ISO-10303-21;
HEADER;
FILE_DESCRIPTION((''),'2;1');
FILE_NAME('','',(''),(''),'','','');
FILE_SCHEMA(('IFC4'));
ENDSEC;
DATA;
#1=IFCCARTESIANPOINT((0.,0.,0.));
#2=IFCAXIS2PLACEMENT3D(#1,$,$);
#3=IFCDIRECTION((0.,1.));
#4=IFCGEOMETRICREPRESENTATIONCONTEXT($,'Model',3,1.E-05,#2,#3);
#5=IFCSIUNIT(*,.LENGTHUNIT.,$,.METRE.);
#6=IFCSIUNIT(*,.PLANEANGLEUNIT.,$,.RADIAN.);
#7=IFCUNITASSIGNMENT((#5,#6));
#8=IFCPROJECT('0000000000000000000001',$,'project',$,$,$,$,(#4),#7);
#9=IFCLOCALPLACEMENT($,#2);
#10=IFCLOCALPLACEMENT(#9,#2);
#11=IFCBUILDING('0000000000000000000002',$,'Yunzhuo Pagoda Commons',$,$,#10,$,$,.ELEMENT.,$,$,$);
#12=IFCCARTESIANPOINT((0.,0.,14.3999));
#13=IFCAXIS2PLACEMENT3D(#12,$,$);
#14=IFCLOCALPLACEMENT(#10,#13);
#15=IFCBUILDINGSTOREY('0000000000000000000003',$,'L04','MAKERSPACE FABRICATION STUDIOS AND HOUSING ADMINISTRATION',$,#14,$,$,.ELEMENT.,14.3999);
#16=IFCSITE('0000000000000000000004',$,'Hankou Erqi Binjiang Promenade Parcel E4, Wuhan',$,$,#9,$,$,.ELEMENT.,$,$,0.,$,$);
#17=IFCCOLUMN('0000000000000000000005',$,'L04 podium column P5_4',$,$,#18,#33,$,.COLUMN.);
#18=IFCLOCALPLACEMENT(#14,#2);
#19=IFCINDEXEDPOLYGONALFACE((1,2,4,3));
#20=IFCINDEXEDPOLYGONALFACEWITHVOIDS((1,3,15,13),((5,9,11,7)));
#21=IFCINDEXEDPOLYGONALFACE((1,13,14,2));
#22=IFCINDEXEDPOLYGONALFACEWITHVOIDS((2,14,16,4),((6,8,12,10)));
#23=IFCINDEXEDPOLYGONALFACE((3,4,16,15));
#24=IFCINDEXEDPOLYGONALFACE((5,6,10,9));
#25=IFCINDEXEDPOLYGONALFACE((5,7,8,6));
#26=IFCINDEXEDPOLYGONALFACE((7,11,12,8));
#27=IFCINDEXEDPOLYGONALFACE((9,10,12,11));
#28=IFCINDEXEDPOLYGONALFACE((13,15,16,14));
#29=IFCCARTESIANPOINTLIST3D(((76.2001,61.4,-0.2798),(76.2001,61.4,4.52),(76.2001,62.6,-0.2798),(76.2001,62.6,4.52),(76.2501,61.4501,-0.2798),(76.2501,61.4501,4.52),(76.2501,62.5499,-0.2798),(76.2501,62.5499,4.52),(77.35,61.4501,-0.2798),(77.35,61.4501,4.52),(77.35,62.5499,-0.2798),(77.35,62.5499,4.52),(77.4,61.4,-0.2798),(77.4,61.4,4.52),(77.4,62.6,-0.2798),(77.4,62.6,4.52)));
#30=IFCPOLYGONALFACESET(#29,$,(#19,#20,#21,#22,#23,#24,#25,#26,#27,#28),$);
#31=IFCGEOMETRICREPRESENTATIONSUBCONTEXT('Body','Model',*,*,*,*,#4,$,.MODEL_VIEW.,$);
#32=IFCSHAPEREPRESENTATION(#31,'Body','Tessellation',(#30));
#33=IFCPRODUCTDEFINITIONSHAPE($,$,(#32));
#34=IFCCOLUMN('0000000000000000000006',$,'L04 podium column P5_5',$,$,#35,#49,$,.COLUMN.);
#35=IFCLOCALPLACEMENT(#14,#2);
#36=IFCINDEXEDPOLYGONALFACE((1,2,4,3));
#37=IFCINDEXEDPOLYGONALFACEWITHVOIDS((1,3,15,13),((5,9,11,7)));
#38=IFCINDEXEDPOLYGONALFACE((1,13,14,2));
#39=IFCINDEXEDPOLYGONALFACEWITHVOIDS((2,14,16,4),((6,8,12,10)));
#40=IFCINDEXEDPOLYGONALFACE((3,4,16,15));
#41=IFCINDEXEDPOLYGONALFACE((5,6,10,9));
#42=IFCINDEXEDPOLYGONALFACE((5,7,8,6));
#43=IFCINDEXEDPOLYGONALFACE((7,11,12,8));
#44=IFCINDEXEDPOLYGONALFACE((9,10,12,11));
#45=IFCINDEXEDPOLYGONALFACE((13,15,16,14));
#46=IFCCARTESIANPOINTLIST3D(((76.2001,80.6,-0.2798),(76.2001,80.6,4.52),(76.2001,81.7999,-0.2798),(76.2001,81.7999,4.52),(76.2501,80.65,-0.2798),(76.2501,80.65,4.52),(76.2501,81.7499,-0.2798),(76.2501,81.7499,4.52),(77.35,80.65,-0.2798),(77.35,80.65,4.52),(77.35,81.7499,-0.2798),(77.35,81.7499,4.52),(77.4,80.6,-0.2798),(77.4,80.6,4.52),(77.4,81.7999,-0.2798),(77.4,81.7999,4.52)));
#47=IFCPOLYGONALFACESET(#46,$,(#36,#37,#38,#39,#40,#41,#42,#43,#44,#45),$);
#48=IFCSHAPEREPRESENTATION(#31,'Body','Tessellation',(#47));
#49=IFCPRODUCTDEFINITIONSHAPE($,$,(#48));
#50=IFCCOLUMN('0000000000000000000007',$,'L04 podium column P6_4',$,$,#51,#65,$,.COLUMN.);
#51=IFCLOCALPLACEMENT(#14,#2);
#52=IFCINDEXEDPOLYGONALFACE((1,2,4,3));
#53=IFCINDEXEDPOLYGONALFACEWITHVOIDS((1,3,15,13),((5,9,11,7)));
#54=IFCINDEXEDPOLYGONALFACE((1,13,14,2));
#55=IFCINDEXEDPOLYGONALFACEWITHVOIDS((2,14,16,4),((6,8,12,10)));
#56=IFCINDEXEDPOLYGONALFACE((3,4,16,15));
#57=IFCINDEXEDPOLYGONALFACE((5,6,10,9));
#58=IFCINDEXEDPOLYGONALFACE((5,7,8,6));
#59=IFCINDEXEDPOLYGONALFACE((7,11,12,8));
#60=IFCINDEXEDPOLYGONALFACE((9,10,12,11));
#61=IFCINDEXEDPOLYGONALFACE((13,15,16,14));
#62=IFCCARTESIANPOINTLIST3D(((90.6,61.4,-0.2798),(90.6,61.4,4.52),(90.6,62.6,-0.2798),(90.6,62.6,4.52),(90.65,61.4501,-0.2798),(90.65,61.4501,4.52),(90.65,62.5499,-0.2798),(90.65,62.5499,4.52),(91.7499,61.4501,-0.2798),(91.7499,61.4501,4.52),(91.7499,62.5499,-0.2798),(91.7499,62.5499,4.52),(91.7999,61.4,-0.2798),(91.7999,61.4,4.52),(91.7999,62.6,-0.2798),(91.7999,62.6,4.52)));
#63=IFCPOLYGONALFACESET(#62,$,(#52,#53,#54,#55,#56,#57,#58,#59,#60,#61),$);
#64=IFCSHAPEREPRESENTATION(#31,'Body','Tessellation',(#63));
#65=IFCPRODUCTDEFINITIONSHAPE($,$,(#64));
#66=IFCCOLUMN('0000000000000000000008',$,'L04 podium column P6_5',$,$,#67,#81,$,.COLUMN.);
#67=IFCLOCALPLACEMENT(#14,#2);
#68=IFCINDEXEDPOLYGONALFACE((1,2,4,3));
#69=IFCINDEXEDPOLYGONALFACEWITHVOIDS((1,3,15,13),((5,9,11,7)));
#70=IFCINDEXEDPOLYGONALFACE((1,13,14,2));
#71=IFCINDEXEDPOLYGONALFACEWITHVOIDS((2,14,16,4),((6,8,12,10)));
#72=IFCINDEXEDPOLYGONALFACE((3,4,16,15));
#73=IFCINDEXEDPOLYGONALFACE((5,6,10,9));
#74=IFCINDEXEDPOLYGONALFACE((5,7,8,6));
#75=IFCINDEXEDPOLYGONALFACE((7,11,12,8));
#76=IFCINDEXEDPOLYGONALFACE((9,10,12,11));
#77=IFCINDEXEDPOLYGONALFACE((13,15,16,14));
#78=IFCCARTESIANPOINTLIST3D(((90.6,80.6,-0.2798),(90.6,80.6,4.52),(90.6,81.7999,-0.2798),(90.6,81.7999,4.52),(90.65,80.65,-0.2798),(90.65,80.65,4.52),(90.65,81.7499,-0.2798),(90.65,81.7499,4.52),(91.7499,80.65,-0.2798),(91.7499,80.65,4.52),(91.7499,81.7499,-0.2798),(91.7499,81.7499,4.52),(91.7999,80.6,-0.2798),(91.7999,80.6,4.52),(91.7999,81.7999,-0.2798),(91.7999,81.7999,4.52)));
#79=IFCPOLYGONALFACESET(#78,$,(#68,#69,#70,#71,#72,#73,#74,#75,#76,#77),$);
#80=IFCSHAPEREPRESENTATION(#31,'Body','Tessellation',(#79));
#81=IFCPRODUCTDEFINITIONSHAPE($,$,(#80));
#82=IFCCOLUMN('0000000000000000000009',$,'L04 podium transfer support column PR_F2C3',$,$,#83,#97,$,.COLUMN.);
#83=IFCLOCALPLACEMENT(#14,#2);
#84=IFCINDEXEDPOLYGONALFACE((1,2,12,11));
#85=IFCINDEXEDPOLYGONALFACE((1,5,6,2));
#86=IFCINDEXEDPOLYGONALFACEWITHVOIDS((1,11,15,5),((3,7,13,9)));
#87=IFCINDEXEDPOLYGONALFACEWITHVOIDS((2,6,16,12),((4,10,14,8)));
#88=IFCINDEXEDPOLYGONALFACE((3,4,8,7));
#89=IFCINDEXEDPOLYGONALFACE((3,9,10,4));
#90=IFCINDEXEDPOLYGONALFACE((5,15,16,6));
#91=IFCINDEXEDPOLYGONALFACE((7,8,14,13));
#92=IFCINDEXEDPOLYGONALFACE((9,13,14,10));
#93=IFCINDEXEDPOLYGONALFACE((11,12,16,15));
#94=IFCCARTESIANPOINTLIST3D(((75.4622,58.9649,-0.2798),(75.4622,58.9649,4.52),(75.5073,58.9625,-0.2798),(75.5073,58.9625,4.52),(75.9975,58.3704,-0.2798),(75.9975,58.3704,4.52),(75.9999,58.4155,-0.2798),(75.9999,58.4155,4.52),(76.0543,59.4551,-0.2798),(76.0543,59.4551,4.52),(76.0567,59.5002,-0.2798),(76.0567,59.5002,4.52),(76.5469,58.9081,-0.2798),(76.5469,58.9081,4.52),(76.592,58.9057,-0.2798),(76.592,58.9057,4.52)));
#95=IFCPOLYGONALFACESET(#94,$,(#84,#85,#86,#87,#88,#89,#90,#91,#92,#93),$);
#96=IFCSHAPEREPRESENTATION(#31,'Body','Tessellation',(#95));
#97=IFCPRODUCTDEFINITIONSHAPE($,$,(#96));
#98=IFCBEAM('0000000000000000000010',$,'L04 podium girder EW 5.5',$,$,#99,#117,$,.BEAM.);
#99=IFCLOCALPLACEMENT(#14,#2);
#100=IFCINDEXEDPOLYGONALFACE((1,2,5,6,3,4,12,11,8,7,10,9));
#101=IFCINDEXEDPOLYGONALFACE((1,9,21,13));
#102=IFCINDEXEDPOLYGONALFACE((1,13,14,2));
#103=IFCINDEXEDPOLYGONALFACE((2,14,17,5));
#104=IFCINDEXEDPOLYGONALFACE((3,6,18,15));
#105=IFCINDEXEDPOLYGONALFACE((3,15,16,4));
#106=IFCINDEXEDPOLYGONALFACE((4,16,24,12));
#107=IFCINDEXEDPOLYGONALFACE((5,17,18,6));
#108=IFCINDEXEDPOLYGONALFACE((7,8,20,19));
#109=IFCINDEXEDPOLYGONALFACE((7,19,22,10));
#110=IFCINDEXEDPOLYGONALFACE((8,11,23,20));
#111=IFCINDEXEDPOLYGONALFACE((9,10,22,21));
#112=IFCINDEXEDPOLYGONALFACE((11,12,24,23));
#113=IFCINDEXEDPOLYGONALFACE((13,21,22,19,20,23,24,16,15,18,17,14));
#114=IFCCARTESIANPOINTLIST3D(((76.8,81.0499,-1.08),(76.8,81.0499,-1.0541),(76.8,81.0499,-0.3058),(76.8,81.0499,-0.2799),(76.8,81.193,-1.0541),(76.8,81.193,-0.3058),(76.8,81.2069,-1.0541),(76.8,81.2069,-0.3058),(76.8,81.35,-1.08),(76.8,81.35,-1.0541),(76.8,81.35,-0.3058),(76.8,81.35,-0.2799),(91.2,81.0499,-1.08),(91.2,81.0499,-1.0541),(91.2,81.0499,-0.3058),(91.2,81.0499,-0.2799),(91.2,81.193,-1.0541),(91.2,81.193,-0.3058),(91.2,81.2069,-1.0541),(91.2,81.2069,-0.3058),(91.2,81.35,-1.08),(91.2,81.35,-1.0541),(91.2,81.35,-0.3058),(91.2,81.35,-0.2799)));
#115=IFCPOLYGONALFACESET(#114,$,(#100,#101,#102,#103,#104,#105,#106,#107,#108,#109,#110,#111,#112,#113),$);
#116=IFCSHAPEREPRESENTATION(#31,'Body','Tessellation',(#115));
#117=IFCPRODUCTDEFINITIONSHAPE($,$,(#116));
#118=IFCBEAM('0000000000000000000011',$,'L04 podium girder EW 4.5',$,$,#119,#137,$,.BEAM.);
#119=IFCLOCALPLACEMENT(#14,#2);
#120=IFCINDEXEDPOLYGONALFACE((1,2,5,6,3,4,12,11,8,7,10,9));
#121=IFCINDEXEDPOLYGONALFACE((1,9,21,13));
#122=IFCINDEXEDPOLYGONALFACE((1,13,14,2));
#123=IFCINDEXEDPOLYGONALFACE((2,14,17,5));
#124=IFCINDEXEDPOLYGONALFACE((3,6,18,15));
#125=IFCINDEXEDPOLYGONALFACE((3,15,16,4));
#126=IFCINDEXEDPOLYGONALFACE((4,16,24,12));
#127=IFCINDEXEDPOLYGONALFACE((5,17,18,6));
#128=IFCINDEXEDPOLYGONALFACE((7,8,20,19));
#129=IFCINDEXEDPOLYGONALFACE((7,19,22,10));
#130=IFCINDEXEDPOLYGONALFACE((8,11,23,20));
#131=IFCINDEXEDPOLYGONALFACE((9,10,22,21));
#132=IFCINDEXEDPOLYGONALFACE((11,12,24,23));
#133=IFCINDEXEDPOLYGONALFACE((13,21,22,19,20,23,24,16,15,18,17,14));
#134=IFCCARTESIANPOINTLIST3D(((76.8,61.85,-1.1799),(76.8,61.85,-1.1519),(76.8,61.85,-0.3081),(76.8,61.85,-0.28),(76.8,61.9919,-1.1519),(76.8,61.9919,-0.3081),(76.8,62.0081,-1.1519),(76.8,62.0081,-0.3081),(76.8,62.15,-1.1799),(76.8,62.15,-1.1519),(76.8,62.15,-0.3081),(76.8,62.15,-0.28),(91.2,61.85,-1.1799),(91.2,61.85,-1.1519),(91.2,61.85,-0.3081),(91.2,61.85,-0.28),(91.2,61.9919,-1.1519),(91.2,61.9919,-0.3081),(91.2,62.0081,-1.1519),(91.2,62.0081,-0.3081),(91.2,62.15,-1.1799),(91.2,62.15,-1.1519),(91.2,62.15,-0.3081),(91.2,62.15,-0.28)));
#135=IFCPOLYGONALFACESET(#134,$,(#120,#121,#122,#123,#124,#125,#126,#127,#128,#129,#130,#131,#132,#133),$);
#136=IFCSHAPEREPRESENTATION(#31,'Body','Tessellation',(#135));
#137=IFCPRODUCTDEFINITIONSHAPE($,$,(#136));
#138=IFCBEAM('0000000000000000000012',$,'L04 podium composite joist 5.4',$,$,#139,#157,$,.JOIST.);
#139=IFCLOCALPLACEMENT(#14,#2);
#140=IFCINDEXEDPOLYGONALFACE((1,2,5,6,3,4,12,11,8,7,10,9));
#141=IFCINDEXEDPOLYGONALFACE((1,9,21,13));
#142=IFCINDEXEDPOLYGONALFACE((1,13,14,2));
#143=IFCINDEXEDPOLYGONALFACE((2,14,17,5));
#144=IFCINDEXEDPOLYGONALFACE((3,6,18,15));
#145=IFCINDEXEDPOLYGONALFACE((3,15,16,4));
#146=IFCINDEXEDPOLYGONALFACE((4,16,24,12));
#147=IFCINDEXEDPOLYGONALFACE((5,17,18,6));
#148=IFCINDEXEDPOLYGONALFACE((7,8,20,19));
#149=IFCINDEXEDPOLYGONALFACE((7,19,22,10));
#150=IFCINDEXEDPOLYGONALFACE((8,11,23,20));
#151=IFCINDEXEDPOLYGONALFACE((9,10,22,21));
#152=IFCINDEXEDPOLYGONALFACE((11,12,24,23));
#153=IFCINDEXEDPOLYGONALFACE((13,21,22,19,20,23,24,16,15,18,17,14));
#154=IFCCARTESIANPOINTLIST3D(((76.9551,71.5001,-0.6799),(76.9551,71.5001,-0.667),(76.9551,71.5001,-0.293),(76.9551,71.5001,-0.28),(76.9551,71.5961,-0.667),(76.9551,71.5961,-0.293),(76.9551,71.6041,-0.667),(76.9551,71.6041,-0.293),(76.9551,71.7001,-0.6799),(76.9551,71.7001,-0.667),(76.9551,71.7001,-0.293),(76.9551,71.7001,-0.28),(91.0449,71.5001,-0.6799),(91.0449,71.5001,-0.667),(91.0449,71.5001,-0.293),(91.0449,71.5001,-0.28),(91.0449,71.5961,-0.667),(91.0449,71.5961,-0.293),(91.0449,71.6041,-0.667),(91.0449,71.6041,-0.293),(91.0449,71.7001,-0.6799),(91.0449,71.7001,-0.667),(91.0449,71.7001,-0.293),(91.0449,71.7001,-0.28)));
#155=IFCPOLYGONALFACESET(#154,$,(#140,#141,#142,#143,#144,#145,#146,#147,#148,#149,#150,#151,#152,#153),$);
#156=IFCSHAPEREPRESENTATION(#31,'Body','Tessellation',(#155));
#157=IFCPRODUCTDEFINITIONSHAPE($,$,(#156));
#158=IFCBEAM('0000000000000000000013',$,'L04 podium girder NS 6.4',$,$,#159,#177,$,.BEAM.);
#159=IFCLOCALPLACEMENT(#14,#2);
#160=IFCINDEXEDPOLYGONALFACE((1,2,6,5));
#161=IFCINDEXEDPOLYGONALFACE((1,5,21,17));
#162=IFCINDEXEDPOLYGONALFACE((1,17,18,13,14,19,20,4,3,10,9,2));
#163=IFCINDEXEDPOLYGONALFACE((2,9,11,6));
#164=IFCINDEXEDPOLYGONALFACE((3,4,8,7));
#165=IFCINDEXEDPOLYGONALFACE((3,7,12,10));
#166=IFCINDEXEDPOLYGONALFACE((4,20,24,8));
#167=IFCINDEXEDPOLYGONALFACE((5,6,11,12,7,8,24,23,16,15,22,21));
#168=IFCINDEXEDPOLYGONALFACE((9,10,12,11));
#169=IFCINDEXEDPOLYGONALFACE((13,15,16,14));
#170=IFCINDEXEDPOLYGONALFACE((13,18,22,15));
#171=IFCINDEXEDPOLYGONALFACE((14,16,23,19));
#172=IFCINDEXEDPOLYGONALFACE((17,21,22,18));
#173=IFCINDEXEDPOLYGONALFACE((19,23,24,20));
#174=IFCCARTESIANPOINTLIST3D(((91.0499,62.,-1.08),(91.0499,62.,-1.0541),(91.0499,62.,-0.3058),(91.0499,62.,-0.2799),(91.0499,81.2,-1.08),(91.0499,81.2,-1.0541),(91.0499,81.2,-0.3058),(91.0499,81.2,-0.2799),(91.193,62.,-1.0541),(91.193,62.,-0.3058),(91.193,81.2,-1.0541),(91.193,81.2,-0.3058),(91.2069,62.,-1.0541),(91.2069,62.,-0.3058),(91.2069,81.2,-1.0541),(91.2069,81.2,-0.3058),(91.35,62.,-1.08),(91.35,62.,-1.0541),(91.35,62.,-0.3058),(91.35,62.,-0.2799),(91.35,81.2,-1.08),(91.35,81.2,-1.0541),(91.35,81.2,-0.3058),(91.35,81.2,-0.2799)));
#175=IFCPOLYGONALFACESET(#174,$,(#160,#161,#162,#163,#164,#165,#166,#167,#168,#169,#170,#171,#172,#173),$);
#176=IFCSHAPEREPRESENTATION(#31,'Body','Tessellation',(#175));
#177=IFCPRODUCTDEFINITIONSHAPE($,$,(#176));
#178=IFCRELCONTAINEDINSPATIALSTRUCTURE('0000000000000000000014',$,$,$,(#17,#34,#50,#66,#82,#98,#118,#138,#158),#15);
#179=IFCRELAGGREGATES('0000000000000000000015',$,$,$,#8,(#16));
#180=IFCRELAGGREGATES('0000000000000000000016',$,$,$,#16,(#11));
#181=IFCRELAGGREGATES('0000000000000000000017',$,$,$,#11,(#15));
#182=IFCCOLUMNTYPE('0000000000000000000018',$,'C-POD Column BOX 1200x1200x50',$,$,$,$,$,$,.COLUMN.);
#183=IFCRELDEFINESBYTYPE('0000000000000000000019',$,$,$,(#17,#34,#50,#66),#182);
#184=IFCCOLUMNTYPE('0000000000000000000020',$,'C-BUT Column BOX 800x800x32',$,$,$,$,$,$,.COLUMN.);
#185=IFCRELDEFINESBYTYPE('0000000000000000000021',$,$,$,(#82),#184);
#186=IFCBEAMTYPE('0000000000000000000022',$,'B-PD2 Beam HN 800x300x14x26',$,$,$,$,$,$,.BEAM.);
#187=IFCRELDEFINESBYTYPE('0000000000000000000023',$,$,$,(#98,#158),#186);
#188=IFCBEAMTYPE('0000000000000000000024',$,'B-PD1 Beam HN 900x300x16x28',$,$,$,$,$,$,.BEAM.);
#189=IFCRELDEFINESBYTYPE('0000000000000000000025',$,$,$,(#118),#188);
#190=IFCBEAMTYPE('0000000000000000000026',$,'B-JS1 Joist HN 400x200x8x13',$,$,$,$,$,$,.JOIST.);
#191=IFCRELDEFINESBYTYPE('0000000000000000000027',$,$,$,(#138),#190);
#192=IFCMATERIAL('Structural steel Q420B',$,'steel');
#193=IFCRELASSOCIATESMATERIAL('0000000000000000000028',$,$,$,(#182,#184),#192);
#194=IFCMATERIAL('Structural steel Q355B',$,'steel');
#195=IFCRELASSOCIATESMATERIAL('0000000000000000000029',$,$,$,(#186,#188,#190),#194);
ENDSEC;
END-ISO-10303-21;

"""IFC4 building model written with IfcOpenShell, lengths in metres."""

from ifc_helpers import new_model, si_unit, direction, frame, origin, origin_2d, place, context, subcontext, project, spatial, hollow_rectangle, i_section, extrude, source, transform, mapped, material, material_profile, profile_set, type_object, element, save


model = new_model("IFC4")

# Units and contexts
model_context = context("Model", 3, precision=1e-05, world=origin(), true_north=direction((0.0, 1.0)))
body_context = subcontext(model_context, "Body", "Model", "MODEL_VIEW")
ifc_project = project(units=[si_unit("LENGTHUNIT", "METRE"), si_unit("PLANEANGLEUNIT", "RADIAN")], contexts=[model_context])

# Site, building, storey
site_placement = place(None, origin())
site = spatial("IfcSite", under=ifc_project, at=site_placement, Name="Hankou Erqi Binjiang Promenade Parcel E4, Wuhan", CompositionType="ELEMENT", RefElevation=0.0)
building_placement = place(site_placement, origin())
building = spatial("IfcBuilding", under=site, at=building_placement, Name="Yunzhuo Pagoda Commons", CompositionType="ELEMENT")
storey_placement = place(building_placement, frame((0.0, 0.0, 14.3999)))
storey = spatial("IfcBuildingStorey", under=building, at=storey_placement, Name="L04", Description="MAKERSPACE FABRICATION STUDIOS AND HOUSING ADMINISTRATION", CompositionType="ELEMENT", Elevation=14.3999)

# Columns
ifc_material_1 = material(Name="Structural steel Q420B", Category="steel")
ifc_material_profile_1 = material_profile(ifc_material_1, hollow_rectangle(XDim=1.2, YDim=1.2, WallThickness=0.05, at=origin_2d()), Name="Structural steel Q420B")
ifc_profile_set_1 = profile_set([ifc_material_profile_1], Name="Structural steel Q420B")
column_type_1 = type_object("IfcColumnType", Name="C-POD Column BOX 1200x1200x50", PredefinedType="COLUMN", material=ifc_profile_set_1)
shared_shape_1 = source(origin(), body_context, "Body", "SweptSolid", [
    extrude(hollow_rectangle(XDim=1.2, YDim=1.2, WallThickness=0.05, at=origin_2d()), origin(), (0.0, 0.0, 1.0), 4.7998),
])
for number, where, z_axis, x_axis, name in (
    (1, (76.8, 62.0, -0.2798), (0.0, 0.0, 1.0), (1.0, 0.0, 0.0), "L04 podium column P5_4"),
    (2, (76.8, 81.2, -0.2798), (0.0, 0.0, 1.0), (1.0, 0.0, 0.0), "L04 podium column P5_5"),
    (3, (91.2, 62.0, -0.2798), (0.0, 0.0, 1.0), (1.0, 0.0, 0.0), "L04 podium column P6_4"),
    (4, (91.2, 81.2, -0.2798), (0.0, 0.0, 1.0), (1.0, 0.0, 0.0), "L04 podium column P6_5"),
):
    element("IfcColumn", number, at=place(storey_placement, frame(where, z_axis=z_axis, x_axis=x_axis)), inside=storey, type_object=column_type_1, Name=name, PredefinedType="COLUMN", context=body_context, shape_type="MappedRepresentation", body=[
        mapped(shared_shape_1, transform((0.0, 0.0, 0.0), scale=1.0)),
    ])
ifc_material_profile_2 = material_profile(ifc_material_1, hollow_rectangle(XDim=0.8, YDim=0.8, WallThickness=0.032, at=origin_2d()), Name="Structural steel Q420B")
ifc_profile_set_2 = profile_set([ifc_material_profile_2], Name="Structural steel Q420B")
column_type_2 = type_object("IfcColumnType", Name="C-BUT Column BOX 800x800x32", PredefinedType="COLUMN", material=ifc_profile_set_2)
shared_shape_2 = source(origin(), body_context, "Body", "SweptSolid", [
    extrude(hollow_rectangle(XDim=0.8, YDim=0.8, WallThickness=0.032, at=origin_2d()), origin(), (0.0, 0.0, 1.0), 4.7998),
])
column_placement = place(storey_placement, frame((76.0271, 58.9353, -0.2798), z_axis=(0.0, 0.0, 1.0), x_axis=(-0.669131, 0.743145, 0.0)))
element("IfcColumn", 5, at=column_placement, inside=storey, type_object=column_type_2, Name="L04 podium transfer support column PR_F2C3", PredefinedType="COLUMN", context=body_context, shape_type="MappedRepresentation", body=[
    mapped(shared_shape_2, transform((0.0, 0.0, 0.0), scale=1.0)),
])

# Beams
ifc_material_2 = material(Name="Structural steel Q355B", Category="steel")
ifc_material_profile_3 = material_profile(ifc_material_2, i_section(OverallWidth=0.3, OverallDepth=0.8, WebThickness=0.0139, FlangeThickness=0.0259, at=origin_2d()), Name="Structural steel Q355B")
ifc_profile_set_3 = profile_set([ifc_material_profile_3], Name="Structural steel Q355B")
beam_type_1 = type_object("IfcBeamType", Name="B-PD2 Beam HN 800x300x14x26", PredefinedType="BEAM", material=ifc_profile_set_3)
shared_shape_3 = source(origin(), body_context, "Body", "SweptSolid", [
    extrude(i_section(OverallWidth=0.3, OverallDepth=0.8, WebThickness=0.0139, FlangeThickness=0.0259, at=origin_2d()), origin(), (0.0, 0.0, 1.0), 14.3999),
])
beam_1_placement = place(storey_placement, frame((76.8, 81.2, -0.6799), z_axis=(1.0, 0.0, 0.0), x_axis=(0.0, 1.0, 0.0)))
element("IfcBeam", 6, at=beam_1_placement, inside=storey, type_object=beam_type_1, Name="L04 podium girder EW 5.5", PredefinedType="BEAM", context=body_context, shape_type="MappedRepresentation", body=[
    mapped(shared_shape_3, transform((0.0, 0.0, 0.0), scale=1.0)),
])
ifc_material_profile_4 = material_profile(ifc_material_2, i_section(OverallWidth=0.3, OverallDepth=0.8999, WebThickness=0.0161, FlangeThickness=0.0281, at=origin_2d()), Name="Structural steel Q355B")
ifc_profile_set_4 = profile_set([ifc_material_profile_4], Name="Structural steel Q355B")
beam_type_2 = type_object("IfcBeamType", Name="B-PD1 Beam HN 900x300x16x28", PredefinedType="BEAM", material=ifc_profile_set_4)
shared_shape_4 = source(origin(), body_context, "Body", "SweptSolid", [
    extrude(i_section(OverallWidth=0.3, OverallDepth=0.8999, WebThickness=0.0161, FlangeThickness=0.0281, at=origin_2d()), origin(), (0.0, 0.0, 1.0), 14.3999),
])
beam_2_placement = place(storey_placement, frame((76.8, 62.0, -0.73), z_axis=(1.0, 0.0, 0.0), x_axis=(0.0, 1.0, 0.0)))
element("IfcBeam", 7, at=beam_2_placement, inside=storey, type_object=beam_type_2, Name="L04 podium girder EW 4.5", PredefinedType="BEAM", context=body_context, shape_type="MappedRepresentation", body=[
    mapped(shared_shape_4, transform((0.0, 0.0, 0.0), scale=1.0)),
])
ifc_material_profile_5 = material_profile(ifc_material_2, i_section(OverallWidth=0.2, OverallDepth=0.3999, WebThickness=0.0081, FlangeThickness=0.0129, at=origin_2d()), Name="Structural steel Q355B")
ifc_profile_set_5 = profile_set([ifc_material_profile_5], Name="Structural steel Q355B")
beam_type_3 = type_object("IfcBeamType", Name="B-JS1 Joist HN 400x200x8x13", PredefinedType="JOIST", material=ifc_profile_set_5)
shared_shape_5 = source(origin(), body_context, "Body", "SweptSolid", [
    extrude(i_section(OverallWidth=0.2, OverallDepth=0.3999, WebThickness=0.0081, FlangeThickness=0.0129, at=origin_2d()), origin(), (0.0, 0.0, 1.0), 14.0898),
])
beam_3_placement = place(storey_placement, frame((76.9551, 71.6001, -0.48), z_axis=(1.0, 0.0, 0.0), x_axis=(0.0, 1.0, 0.0)))
element("IfcBeam", 8, at=beam_3_placement, inside=storey, type_object=beam_type_3, Name="L04 podium composite joist 5.4", PredefinedType="JOIST", context=body_context, shape_type="MappedRepresentation", body=[
    mapped(shared_shape_5, transform((0.0, 0.0, 0.0), scale=1.0)),
])
shared_shape_6 = source(origin(), body_context, "Body", "SweptSolid", [
    extrude(i_section(OverallWidth=0.3, OverallDepth=0.8, WebThickness=0.0139, FlangeThickness=0.0259, at=origin_2d()), origin(), (0.0, 0.0, 1.0), 19.2),
])
beam_4_placement = place(storey_placement, frame((91.2, 62.0, -0.6799), z_axis=(0.0, 1.0, 0.0), x_axis=(-1.0, 0.0, 0.0)))
element("IfcBeam", 9, at=beam_4_placement, inside=storey, type_object=beam_type_1, Name="L04 podium girder NS 6.4", PredefinedType="BEAM", context=body_context, shape_type="MappedRepresentation", body=[
    mapped(shared_shape_6, transform((0.0, 0.0, 0.0), scale=1.0)),
])

save(model, "model.ifc")
